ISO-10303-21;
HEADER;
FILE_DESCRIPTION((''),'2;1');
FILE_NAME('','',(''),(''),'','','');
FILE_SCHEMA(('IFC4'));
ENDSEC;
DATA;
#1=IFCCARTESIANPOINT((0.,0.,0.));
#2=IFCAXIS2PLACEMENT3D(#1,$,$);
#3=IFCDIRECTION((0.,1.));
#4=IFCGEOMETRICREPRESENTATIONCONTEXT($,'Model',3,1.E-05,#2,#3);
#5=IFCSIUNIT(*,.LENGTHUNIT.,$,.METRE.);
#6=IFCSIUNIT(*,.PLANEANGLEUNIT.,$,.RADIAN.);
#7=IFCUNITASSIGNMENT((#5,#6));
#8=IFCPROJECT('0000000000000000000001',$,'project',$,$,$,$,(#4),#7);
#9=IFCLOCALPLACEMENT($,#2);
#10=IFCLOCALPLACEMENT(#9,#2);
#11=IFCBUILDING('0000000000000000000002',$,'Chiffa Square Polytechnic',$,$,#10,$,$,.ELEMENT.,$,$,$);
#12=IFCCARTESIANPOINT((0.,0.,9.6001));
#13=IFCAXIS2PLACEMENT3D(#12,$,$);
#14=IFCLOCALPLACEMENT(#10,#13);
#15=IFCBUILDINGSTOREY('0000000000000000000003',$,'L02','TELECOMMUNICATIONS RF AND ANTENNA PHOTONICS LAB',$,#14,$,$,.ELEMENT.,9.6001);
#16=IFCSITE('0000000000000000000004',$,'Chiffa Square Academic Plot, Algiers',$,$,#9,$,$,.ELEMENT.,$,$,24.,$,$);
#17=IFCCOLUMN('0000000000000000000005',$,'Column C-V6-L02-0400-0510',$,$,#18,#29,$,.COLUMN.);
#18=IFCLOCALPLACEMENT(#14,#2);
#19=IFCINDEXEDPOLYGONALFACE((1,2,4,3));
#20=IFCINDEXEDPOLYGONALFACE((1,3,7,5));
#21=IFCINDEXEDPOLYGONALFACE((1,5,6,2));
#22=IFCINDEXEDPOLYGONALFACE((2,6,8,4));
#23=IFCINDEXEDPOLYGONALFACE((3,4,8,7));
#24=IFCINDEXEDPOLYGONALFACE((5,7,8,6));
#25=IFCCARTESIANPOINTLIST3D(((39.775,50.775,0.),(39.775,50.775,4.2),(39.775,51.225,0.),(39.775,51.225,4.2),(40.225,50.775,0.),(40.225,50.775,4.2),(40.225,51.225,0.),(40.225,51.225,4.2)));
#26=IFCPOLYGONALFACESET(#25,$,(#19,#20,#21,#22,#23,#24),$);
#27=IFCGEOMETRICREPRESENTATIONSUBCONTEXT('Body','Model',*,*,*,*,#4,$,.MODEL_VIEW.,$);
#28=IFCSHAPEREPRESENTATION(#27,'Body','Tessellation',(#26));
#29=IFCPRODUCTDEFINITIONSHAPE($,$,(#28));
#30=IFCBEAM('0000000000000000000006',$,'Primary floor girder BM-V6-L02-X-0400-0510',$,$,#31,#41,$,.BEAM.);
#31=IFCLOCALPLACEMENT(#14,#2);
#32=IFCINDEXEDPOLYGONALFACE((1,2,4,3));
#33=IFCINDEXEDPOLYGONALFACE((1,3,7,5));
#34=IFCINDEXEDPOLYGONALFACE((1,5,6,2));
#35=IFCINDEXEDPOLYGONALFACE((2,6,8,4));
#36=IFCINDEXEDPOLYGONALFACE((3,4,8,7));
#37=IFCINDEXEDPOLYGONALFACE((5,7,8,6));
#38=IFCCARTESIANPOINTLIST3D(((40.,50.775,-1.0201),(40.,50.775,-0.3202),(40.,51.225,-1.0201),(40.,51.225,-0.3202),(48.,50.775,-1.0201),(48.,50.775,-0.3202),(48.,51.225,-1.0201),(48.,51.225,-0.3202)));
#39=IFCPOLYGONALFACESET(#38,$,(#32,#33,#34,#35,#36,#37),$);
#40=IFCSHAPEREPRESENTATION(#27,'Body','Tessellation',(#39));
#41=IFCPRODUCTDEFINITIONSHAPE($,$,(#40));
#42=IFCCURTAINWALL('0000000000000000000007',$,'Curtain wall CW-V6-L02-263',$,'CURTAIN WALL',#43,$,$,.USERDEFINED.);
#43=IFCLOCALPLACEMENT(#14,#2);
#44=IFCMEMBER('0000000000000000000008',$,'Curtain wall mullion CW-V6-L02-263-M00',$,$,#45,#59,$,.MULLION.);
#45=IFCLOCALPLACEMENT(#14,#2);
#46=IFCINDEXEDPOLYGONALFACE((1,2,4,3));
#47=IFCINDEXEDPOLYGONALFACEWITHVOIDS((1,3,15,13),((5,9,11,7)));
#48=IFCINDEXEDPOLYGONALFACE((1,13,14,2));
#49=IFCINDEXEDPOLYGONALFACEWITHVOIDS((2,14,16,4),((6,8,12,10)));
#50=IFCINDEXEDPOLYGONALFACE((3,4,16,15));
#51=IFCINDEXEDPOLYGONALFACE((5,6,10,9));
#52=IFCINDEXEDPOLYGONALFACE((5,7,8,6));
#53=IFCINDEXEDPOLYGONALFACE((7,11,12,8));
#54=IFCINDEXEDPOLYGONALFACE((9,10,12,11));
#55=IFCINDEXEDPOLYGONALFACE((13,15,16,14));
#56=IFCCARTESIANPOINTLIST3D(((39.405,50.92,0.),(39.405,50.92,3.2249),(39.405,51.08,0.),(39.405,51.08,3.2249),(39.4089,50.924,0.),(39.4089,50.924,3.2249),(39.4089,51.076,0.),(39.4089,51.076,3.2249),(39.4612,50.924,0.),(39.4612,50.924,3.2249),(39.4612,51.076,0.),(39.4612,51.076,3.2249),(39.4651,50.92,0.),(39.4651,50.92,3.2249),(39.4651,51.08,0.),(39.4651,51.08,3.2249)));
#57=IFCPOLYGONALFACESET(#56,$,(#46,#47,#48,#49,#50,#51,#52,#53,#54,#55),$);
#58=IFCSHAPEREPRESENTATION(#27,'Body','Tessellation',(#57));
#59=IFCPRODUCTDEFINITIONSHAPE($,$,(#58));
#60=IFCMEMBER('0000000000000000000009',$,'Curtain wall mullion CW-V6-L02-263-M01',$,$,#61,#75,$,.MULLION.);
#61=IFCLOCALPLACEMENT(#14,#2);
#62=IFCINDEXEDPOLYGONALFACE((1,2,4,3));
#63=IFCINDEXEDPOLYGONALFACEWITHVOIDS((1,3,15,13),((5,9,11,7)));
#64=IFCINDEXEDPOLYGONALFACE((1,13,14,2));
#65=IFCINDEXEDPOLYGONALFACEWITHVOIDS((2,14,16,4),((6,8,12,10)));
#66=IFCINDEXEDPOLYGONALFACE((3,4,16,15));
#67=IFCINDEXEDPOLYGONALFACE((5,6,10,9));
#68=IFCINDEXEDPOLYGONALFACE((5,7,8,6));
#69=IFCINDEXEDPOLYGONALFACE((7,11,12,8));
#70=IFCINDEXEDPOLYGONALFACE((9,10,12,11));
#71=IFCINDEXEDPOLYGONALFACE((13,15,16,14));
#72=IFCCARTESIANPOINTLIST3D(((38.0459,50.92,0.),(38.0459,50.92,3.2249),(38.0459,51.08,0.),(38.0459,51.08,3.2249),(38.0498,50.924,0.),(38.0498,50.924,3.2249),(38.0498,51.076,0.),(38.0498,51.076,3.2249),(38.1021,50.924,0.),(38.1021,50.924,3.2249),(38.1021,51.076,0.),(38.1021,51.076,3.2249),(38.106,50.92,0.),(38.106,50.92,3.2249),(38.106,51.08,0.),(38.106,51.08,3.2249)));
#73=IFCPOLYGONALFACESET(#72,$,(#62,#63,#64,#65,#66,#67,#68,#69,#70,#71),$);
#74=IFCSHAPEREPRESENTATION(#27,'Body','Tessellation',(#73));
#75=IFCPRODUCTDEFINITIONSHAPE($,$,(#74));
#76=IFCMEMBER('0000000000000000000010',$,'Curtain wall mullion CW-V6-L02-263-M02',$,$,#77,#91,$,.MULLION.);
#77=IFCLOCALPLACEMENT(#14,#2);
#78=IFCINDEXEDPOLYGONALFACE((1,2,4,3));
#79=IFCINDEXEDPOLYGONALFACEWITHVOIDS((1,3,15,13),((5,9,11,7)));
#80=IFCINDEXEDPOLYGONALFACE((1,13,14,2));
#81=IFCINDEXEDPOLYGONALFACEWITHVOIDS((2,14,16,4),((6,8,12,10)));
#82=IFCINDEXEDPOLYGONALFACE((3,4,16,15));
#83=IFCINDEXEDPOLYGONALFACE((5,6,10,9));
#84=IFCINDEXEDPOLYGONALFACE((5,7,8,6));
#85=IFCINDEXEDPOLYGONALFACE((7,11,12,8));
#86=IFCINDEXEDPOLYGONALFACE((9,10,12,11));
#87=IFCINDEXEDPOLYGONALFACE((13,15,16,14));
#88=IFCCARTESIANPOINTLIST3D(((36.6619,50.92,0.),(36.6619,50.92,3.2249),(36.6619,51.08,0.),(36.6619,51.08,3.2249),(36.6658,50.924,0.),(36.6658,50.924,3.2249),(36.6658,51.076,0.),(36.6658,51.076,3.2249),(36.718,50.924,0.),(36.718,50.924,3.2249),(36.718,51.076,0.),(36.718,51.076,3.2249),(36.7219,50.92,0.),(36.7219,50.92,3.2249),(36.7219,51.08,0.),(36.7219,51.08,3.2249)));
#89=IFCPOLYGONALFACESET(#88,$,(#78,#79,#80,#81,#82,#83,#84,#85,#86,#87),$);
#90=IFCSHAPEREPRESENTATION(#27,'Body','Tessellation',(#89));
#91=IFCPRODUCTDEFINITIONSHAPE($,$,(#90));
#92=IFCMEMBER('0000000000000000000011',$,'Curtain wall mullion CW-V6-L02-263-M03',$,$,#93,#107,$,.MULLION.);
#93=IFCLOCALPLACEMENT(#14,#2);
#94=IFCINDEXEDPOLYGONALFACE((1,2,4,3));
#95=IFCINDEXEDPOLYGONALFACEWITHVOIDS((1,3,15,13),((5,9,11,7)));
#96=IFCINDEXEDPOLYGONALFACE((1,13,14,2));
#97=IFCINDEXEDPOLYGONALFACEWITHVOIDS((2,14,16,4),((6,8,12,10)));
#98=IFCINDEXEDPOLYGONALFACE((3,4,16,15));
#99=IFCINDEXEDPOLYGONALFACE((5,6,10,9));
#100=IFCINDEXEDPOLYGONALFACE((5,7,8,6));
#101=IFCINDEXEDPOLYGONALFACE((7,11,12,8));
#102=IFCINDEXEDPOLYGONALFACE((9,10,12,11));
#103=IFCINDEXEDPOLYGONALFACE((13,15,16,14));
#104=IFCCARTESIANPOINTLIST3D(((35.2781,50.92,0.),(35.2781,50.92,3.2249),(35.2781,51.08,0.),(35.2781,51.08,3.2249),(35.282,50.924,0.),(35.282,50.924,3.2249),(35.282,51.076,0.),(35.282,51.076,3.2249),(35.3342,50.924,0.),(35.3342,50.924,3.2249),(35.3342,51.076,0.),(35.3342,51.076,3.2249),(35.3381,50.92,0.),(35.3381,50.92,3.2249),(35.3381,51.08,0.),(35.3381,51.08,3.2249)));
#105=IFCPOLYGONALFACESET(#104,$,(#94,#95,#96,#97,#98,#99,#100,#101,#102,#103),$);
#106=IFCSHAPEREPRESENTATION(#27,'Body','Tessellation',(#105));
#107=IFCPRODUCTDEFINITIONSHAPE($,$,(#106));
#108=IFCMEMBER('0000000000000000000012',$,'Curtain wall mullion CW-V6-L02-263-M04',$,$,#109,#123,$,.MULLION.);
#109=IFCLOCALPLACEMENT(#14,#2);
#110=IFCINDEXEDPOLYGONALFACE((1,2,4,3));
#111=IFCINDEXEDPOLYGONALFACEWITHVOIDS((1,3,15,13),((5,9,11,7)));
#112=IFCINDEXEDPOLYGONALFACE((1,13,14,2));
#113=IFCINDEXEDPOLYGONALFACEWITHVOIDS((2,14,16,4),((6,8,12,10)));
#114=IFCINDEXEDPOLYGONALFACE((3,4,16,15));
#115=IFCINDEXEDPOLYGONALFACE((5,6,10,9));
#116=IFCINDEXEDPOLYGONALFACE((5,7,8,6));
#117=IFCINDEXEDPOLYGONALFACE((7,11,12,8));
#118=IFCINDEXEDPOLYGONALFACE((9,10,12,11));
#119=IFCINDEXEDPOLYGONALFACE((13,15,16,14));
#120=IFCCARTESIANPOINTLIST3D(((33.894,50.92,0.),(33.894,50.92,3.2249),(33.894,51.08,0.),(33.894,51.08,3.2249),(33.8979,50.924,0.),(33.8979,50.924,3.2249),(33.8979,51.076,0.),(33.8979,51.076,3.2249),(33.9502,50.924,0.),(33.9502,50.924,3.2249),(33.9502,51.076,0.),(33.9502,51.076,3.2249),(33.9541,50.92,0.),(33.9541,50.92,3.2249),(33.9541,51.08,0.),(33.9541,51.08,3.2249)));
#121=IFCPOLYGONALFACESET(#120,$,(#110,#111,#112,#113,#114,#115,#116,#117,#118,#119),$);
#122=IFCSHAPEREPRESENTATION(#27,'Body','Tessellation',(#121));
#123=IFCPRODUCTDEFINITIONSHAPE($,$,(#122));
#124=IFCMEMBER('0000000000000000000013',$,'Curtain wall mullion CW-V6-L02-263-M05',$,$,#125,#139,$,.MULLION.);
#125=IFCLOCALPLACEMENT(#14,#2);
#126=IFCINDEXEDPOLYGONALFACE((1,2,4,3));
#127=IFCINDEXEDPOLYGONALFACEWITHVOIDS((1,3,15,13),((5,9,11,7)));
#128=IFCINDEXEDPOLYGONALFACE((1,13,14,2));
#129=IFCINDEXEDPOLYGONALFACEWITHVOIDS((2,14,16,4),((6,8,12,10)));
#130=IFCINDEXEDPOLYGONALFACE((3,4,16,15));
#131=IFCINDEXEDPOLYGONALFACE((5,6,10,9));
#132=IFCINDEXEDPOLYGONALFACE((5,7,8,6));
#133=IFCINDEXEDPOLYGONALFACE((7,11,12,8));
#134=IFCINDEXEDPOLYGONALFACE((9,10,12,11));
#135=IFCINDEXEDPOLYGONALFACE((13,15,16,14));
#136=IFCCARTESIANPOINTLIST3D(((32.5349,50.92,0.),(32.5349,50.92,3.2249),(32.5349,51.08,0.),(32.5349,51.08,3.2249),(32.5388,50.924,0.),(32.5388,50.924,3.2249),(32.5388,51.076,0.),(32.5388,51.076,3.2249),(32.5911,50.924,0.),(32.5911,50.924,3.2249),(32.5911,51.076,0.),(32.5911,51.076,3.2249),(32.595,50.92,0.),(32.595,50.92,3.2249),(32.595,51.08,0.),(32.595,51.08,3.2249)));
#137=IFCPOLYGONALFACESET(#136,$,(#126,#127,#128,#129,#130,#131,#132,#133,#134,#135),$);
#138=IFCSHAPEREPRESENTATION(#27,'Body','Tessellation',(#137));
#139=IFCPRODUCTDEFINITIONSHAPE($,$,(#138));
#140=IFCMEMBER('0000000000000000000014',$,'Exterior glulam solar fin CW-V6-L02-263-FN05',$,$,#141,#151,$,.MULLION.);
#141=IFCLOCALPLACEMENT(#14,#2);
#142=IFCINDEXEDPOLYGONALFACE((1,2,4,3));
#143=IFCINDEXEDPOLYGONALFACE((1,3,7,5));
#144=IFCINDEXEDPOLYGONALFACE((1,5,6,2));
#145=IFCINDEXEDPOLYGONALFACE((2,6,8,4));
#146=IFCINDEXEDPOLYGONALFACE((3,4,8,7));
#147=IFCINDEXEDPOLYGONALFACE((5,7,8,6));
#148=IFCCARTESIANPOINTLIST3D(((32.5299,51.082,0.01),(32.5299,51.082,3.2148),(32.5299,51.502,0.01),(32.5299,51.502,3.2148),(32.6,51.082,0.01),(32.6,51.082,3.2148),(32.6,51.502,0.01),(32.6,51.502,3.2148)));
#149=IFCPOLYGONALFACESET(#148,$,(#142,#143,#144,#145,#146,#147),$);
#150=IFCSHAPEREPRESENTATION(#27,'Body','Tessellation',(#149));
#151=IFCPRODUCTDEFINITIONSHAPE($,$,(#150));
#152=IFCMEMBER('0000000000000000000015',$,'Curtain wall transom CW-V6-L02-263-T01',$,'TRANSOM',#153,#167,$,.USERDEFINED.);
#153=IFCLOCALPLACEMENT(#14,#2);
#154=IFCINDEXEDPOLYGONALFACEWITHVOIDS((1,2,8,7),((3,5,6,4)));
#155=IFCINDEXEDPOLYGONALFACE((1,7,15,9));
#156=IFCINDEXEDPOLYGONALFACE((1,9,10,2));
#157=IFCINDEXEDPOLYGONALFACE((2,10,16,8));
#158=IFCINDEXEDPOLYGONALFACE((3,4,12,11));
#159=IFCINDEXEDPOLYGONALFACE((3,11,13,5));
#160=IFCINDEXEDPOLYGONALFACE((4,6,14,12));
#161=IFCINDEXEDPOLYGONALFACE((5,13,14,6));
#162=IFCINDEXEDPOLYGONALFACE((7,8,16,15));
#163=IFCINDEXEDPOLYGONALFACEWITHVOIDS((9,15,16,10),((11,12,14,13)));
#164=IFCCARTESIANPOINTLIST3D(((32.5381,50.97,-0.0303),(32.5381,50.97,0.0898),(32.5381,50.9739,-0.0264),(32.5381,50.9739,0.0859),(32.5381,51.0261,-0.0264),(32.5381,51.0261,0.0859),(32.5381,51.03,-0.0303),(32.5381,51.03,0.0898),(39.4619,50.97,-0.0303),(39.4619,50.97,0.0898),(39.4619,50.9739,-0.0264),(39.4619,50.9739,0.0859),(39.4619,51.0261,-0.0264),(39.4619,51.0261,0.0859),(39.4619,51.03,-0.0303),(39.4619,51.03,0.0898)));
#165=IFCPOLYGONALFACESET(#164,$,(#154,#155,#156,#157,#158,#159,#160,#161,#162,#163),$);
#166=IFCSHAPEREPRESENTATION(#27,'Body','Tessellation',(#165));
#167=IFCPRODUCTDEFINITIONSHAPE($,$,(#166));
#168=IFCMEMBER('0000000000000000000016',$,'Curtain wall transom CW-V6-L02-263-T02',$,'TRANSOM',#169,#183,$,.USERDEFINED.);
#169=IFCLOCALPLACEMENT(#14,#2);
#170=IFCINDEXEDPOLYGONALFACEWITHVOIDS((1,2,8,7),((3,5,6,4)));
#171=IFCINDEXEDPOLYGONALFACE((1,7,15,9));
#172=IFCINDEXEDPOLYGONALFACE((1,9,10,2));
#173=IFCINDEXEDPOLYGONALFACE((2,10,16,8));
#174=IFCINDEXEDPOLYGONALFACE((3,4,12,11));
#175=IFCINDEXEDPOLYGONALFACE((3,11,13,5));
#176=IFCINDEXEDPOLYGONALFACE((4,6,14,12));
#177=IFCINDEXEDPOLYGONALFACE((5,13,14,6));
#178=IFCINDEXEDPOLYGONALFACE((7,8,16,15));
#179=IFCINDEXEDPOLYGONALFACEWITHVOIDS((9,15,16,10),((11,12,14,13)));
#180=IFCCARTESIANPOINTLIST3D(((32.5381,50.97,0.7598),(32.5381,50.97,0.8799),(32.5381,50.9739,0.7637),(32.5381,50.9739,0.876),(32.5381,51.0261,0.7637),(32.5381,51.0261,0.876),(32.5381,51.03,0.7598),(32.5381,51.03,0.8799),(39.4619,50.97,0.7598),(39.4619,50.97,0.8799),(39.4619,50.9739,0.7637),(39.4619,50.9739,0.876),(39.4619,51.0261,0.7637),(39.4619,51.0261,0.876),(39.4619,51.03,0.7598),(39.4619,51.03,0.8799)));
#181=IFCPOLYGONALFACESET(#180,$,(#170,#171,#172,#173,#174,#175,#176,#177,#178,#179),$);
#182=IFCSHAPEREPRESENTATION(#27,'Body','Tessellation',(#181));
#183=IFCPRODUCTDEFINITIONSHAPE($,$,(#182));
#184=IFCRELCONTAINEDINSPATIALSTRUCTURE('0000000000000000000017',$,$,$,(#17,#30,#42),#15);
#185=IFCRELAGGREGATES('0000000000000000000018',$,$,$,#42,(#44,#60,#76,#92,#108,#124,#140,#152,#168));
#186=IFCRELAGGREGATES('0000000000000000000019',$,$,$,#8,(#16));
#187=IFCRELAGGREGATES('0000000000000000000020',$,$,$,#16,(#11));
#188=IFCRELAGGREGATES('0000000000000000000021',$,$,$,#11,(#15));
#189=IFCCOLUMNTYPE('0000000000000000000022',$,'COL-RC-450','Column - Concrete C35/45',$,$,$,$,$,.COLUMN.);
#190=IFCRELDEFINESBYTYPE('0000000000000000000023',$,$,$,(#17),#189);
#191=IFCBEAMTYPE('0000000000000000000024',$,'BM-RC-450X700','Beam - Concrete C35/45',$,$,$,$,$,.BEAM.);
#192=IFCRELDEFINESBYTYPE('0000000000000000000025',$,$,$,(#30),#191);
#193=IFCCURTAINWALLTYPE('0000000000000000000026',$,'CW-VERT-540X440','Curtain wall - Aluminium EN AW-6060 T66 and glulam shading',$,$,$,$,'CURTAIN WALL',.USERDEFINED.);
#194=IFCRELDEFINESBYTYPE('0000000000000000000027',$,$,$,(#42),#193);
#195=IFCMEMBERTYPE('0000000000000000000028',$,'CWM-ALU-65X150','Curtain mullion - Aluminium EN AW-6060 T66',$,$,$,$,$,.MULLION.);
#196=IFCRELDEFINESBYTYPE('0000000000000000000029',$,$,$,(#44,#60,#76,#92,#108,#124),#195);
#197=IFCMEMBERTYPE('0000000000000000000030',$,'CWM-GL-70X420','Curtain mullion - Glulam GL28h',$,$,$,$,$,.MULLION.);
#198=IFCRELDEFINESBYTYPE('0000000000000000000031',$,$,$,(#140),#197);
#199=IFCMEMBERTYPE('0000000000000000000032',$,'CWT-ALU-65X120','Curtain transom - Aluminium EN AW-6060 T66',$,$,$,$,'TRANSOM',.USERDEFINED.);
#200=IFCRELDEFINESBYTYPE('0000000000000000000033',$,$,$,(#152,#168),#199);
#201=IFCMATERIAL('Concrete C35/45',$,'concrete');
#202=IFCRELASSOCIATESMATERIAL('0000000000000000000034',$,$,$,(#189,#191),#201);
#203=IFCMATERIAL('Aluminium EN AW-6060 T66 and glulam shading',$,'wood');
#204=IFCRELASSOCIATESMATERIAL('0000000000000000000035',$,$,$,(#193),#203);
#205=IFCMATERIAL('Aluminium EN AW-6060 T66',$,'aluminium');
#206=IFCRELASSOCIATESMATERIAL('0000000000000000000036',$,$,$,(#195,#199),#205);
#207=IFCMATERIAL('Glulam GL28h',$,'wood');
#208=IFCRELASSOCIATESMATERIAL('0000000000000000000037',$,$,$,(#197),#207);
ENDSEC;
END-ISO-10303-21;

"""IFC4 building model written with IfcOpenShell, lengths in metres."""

from ifc_helpers import new_model, si_unit, direction, frame, origin, origin_2d, place, context, subcontext, project, spatial, rectangle, hollow_rectangle, extrude, material, material_profile, profile_set, type_object, element, aggregate, save


model = new_model("IFC4")

# Units and contexts
model_context = context("Model", 3, precision=1e-05, world=origin(), true_north=direction((0.0, 1.0)))
body_context = subcontext(model_context, "Body", "Model", "MODEL_VIEW")
ifc_project = project(units=[si_unit("LENGTHUNIT", "METRE"), si_unit("PLANEANGLEUNIT", "RADIAN")], contexts=[model_context])

# Site, building, storey
site_placement = place(None, origin())
site = spatial("IfcSite", under=ifc_project, at=site_placement, Name="Chiffa Square Academic Plot, Algiers", CompositionType="ELEMENT", RefElevation=24.0)
building_placement = place(site_placement, origin())
building = spatial("IfcBuilding", under=site, at=building_placement, Name="Chiffa Square Polytechnic", CompositionType="ELEMENT")
storey_placement = place(building_placement, frame((0.0, 0.0, 9.6001)))
storey = spatial("IfcBuildingStorey", under=building, at=storey_placement, Name="L02", Description="TELECOMMUNICATIONS RF AND ANTENNA PHOTONICS LAB", CompositionType="ELEMENT", Elevation=9.6001)

# Column
ifc_material_1 = material(Name="Concrete C35/45", Category="concrete")
ifc_material_profile_1 = material_profile(ifc_material_1, rectangle(XDim=0.45, YDim=0.45, at=origin_2d()), Name="RC 450x450")
ifc_profile_set_1 = profile_set([ifc_material_profile_1], Name="Concrete C35/45")
column_type = type_object("IfcColumnType", Name="COL-RC-450", Description="Column - Concrete C35/45", PredefinedType="COLUMN", material=ifc_profile_set_1)
column_placement = place(storey_placement, frame((40.0, 51.0, 0.0), z_axis=(0.0, 0.0, 1.0), x_axis=(1.0, 0.0, 0.0)))
element("IfcColumn", 1, at=column_placement, inside=storey, type_object=column_type, Name="Column C-V6-L02-0400-0510", PredefinedType="COLUMN", context=body_context, shape_type="SweptSolid", body=[
    extrude(rectangle(XDim=0.45, YDim=0.45, at=origin_2d()), origin(), (0.0, 0.0, 1.0), 4.2),
])

# Beam
ifc_material_profile_2 = material_profile(ifc_material_1, rectangle(XDim=0.45, YDim=0.7, at=origin_2d()), Name="RC 450x700")
ifc_profile_set_2 = profile_set([ifc_material_profile_2], Name="Concrete C35/45")
beam_type_1 = type_object("IfcBeamType", Name="BM-RC-450X700", Description="Beam - Concrete C35/45", PredefinedType="BEAM", material=ifc_profile_set_2)
beam_placement = place(storey_placement, frame((40.0, 51.0, -0.6702), z_axis=(1.0, 0.0, 0.0), x_axis=(0.0, 1.0, 0.0)))
element("IfcBeam", 2, at=beam_placement, inside=storey, type_object=beam_type_1, Name="Primary floor girder BM-V6-L02-X-0400-0510", PredefinedType="BEAM", context=body_context, shape_type="SweptSolid", body=[
    extrude(rectangle(XDim=0.45, YDim=0.7, at=origin_2d()), origin(), (0.0, 0.0, 1.0), 8.0),
])

# Curtain wall, members
ifc_material_2 = material(Name="Aluminium EN AW-6060 T66 and glulam shading", Category="wood")
curtain_wall_type = type_object("IfcCurtainWallType", Name="CW-VERT-540X440", Description="Curtain wall - Aluminium EN AW-6060 T66 and glulam shading", ElementType="CURTAIN WALL", PredefinedType="USERDEFINED", material=ifc_material_2)
curtain_wall_placement = place(storey_placement, origin())
curtain_wall = element("IfcCurtainWall", 3, at=curtain_wall_placement, inside=storey, type_object=curtain_wall_type, Name="Curtain wall CW-V6-L02-263", ObjectType="CURTAIN WALL", PredefinedType="USERDEFINED")
ifc_material_3 = material(Name="Aluminium EN AW-6060 T66", Category="aluminium")
ifc_material_profile_3 = material_profile(ifc_material_3, hollow_rectangle(XDim=0.0601, YDim=0.1599, WallThickness=0.0039, at=origin_2d()), Name="ALU 60x160x4")
ifc_profile_set_3 = profile_set([ifc_material_profile_3], Name="Aluminium EN AW-6060 T66")
member_type_1 = type_object("IfcMemberType", Name="CWM-ALU-65X150", Description="Curtain mullion - Aluminium EN AW-6060 T66", PredefinedType="MULLION", material=ifc_profile_set_3)
member_1_placement = place(storey_placement, frame((39.4351, 51.0, 0.0), z_axis=(0.0, 0.0, 1.0), x_axis=(1.0, 0.0, 0.0)))
member_1 = element("IfcMember", 4, at=member_1_placement, type_object=member_type_1, Name="Curtain wall mullion CW-V6-L02-263-M00", PredefinedType="MULLION", context=body_context, shape_type="SweptSolid", body=[
    extrude(hollow_rectangle(XDim=0.0601, YDim=0.1599, WallThickness=0.0039, at=origin_2d()), origin(), (0.0, 0.0, 1.0), 3.2249),
])
member_2_placement = place(storey_placement, frame((38.0759, 51.0, 0.0), z_axis=(0.0, 0.0, 1.0), x_axis=(1.0, 0.0, 0.0)))
member_2 = element("IfcMember", 5, at=member_2_placement, type_object=member_type_1, Name="Curtain wall mullion CW-V6-L02-263-M01", PredefinedType="MULLION", context=body_context, shape_type="SweptSolid", body=[
    extrude(hollow_rectangle(XDim=0.0601, YDim=0.1599, WallThickness=0.0039, at=origin_2d()), origin(), (0.0, 0.0, 1.0), 3.2249),
])
member_3_placement = place(storey_placement, frame((36.6919, 51.0, 0.0), z_axis=(0.0, 0.0, 1.0), x_axis=(1.0, 0.0, 0.0)))
member_3 = element("IfcMember", 6, at=member_3_placement, type_object=member_type_1, Name="Curtain wall mullion CW-V6-L02-263-M02", PredefinedType="MULLION", context=body_context, shape_type="SweptSolid", body=[
    extrude(hollow_rectangle(XDim=0.0601, YDim=0.1599, WallThickness=0.0039, at=origin_2d()), origin(), (0.0, 0.0, 1.0), 3.2249),
])
member_4_placement = place(storey_placement, frame((35.3081, 51.0, 0.0), z_axis=(0.0, 0.0, 1.0), x_axis=(1.0, 0.0, 0.0)))
member_4 = element("IfcMember", 7, at=member_4_placement, type_object=member_type_1, Name="Curtain wall mullion CW-V6-L02-263-M03", PredefinedType="MULLION", context=body_context, shape_type="SweptSolid", body=[
    extrude(hollow_rectangle(XDim=0.0601, YDim=0.1599, WallThickness=0.0039, at=origin_2d()), origin(), (0.0, 0.0, 1.0), 3.2249),
])
member_5_placement = place(storey_placement, frame((33.9241, 51.0, 0.0), z_axis=(0.0, 0.0, 1.0), x_axis=(1.0, 0.0, 0.0)))
member_5 = element("IfcMember", 8, at=member_5_placement, type_object=member_type_1, Name="Curtain wall mullion CW-V6-L02-263-M04", PredefinedType="MULLION", context=body_context, shape_type="SweptSolid", body=[
    extrude(hollow_rectangle(XDim=0.0601, YDim=0.1599, WallThickness=0.0039, at=origin_2d()), origin(), (0.0, 0.0, 1.0), 3.2249),
])
member_6_placement = place(storey_placement, frame((32.5649, 51.0, 0.0), z_axis=(0.0, 0.0, 1.0), x_axis=(1.0, 0.0, 0.0)))
member_6 = element("IfcMember", 9, at=member_6_placement, type_object=member_type_1, Name="Curtain wall mullion CW-V6-L02-263-M05", PredefinedType="MULLION", context=body_context, shape_type="SweptSolid", body=[
    extrude(hollow_rectangle(XDim=0.0601, YDim=0.1599, WallThickness=0.0039, at=origin_2d()), origin(), (0.0, 0.0, 1.0), 3.2249),
])
ifc_material_4 = material(Name="Glulam GL28h", Category="wood")
ifc_material_profile_4 = material_profile(ifc_material_4, rectangle(XDim=0.0701, YDim=0.4199, at=origin_2d()), Name="GL28h 70x420")
ifc_profile_set_4 = profile_set([ifc_material_profile_4], Name="Glulam GL28h")
member_type_2 = type_object("IfcMemberType", Name="CWM-GL-70X420", Description="Curtain mullion - Glulam GL28h", PredefinedType="MULLION", material=ifc_profile_set_4)
member_7_placement = place(storey_placement, frame((32.5649, 51.292, 0.01), z_axis=(0.0, 0.0, 1.0), x_axis=(-1.0, 0.0, 0.0)))
member_7 = element("IfcMember", 10, at=member_7_placement, type_object=member_type_2, Name="Exterior glulam solar fin CW-V6-L02-263-FN05", PredefinedType="MULLION", context=body_context, shape_type="SweptSolid", body=[
    extrude(rectangle(XDim=0.0701, YDim=0.4199, at=origin_2d()), origin(), (0.0, 0.0, 1.0), 3.2048),
])
ifc_material_profile_5 = material_profile(ifc_material_3, hollow_rectangle(XDim=0.0601, YDim=0.1201, WallThickness=0.0039, at=origin_2d()), Name="ALU 60x120x4")
ifc_profile_set_5 = profile_set([ifc_material_profile_5], Name="Aluminium EN AW-6060 T66")
member_type_3 = type_object("IfcMemberType", Name="CWT-ALU-65X120", Description="Curtain transom - Aluminium EN AW-6060 T66", ElementType="TRANSOM", PredefinedType="USERDEFINED", material=ifc_profile_set_5)
member_8_placement = place(storey_placement, frame((39.4619, 51.0, 0.0298), z_axis=(-1.0, 0.0, 0.0), x_axis=(0.0, -1.0, 0.0)))
member_8 = element("IfcMember", 11, at=member_8_placement, type_object=member_type_3, Name="Curtain wall transom CW-V6-L02-263-T01", ObjectType="TRANSOM", PredefinedType="USERDEFINED", context=body_context, shape_type="SweptSolid", body=[
    extrude(hollow_rectangle(XDim=0.0601, YDim=0.1201, WallThickness=0.0039, at=origin_2d()), origin(), (0.0, 0.0, 1.0), 6.9238),
])
member_9_placement = place(storey_placement, frame((39.4619, 51.0, 0.8198), z_axis=(-1.0, 0.0, 0.0), x_axis=(0.0, -1.0, 0.0)))
member_9 = element("IfcMember", 12, at=member_9_placement, type_object=member_type_3, Name="Curtain wall transom CW-V6-L02-263-T02", ObjectType="TRANSOM", PredefinedType="USERDEFINED", context=body_context, shape_type="SweptSolid", body=[
    extrude(hollow_rectangle(XDim=0.0601, YDim=0.1201, WallThickness=0.0039, at=origin_2d()), origin(), (0.0, 0.0, 1.0), 6.9238),
])

aggregate(curtain_wall, [member_1, member_2, member_3, member_4, member_5, member_6, member_7, member_8, member_9])

save(model, "model.ifc")
